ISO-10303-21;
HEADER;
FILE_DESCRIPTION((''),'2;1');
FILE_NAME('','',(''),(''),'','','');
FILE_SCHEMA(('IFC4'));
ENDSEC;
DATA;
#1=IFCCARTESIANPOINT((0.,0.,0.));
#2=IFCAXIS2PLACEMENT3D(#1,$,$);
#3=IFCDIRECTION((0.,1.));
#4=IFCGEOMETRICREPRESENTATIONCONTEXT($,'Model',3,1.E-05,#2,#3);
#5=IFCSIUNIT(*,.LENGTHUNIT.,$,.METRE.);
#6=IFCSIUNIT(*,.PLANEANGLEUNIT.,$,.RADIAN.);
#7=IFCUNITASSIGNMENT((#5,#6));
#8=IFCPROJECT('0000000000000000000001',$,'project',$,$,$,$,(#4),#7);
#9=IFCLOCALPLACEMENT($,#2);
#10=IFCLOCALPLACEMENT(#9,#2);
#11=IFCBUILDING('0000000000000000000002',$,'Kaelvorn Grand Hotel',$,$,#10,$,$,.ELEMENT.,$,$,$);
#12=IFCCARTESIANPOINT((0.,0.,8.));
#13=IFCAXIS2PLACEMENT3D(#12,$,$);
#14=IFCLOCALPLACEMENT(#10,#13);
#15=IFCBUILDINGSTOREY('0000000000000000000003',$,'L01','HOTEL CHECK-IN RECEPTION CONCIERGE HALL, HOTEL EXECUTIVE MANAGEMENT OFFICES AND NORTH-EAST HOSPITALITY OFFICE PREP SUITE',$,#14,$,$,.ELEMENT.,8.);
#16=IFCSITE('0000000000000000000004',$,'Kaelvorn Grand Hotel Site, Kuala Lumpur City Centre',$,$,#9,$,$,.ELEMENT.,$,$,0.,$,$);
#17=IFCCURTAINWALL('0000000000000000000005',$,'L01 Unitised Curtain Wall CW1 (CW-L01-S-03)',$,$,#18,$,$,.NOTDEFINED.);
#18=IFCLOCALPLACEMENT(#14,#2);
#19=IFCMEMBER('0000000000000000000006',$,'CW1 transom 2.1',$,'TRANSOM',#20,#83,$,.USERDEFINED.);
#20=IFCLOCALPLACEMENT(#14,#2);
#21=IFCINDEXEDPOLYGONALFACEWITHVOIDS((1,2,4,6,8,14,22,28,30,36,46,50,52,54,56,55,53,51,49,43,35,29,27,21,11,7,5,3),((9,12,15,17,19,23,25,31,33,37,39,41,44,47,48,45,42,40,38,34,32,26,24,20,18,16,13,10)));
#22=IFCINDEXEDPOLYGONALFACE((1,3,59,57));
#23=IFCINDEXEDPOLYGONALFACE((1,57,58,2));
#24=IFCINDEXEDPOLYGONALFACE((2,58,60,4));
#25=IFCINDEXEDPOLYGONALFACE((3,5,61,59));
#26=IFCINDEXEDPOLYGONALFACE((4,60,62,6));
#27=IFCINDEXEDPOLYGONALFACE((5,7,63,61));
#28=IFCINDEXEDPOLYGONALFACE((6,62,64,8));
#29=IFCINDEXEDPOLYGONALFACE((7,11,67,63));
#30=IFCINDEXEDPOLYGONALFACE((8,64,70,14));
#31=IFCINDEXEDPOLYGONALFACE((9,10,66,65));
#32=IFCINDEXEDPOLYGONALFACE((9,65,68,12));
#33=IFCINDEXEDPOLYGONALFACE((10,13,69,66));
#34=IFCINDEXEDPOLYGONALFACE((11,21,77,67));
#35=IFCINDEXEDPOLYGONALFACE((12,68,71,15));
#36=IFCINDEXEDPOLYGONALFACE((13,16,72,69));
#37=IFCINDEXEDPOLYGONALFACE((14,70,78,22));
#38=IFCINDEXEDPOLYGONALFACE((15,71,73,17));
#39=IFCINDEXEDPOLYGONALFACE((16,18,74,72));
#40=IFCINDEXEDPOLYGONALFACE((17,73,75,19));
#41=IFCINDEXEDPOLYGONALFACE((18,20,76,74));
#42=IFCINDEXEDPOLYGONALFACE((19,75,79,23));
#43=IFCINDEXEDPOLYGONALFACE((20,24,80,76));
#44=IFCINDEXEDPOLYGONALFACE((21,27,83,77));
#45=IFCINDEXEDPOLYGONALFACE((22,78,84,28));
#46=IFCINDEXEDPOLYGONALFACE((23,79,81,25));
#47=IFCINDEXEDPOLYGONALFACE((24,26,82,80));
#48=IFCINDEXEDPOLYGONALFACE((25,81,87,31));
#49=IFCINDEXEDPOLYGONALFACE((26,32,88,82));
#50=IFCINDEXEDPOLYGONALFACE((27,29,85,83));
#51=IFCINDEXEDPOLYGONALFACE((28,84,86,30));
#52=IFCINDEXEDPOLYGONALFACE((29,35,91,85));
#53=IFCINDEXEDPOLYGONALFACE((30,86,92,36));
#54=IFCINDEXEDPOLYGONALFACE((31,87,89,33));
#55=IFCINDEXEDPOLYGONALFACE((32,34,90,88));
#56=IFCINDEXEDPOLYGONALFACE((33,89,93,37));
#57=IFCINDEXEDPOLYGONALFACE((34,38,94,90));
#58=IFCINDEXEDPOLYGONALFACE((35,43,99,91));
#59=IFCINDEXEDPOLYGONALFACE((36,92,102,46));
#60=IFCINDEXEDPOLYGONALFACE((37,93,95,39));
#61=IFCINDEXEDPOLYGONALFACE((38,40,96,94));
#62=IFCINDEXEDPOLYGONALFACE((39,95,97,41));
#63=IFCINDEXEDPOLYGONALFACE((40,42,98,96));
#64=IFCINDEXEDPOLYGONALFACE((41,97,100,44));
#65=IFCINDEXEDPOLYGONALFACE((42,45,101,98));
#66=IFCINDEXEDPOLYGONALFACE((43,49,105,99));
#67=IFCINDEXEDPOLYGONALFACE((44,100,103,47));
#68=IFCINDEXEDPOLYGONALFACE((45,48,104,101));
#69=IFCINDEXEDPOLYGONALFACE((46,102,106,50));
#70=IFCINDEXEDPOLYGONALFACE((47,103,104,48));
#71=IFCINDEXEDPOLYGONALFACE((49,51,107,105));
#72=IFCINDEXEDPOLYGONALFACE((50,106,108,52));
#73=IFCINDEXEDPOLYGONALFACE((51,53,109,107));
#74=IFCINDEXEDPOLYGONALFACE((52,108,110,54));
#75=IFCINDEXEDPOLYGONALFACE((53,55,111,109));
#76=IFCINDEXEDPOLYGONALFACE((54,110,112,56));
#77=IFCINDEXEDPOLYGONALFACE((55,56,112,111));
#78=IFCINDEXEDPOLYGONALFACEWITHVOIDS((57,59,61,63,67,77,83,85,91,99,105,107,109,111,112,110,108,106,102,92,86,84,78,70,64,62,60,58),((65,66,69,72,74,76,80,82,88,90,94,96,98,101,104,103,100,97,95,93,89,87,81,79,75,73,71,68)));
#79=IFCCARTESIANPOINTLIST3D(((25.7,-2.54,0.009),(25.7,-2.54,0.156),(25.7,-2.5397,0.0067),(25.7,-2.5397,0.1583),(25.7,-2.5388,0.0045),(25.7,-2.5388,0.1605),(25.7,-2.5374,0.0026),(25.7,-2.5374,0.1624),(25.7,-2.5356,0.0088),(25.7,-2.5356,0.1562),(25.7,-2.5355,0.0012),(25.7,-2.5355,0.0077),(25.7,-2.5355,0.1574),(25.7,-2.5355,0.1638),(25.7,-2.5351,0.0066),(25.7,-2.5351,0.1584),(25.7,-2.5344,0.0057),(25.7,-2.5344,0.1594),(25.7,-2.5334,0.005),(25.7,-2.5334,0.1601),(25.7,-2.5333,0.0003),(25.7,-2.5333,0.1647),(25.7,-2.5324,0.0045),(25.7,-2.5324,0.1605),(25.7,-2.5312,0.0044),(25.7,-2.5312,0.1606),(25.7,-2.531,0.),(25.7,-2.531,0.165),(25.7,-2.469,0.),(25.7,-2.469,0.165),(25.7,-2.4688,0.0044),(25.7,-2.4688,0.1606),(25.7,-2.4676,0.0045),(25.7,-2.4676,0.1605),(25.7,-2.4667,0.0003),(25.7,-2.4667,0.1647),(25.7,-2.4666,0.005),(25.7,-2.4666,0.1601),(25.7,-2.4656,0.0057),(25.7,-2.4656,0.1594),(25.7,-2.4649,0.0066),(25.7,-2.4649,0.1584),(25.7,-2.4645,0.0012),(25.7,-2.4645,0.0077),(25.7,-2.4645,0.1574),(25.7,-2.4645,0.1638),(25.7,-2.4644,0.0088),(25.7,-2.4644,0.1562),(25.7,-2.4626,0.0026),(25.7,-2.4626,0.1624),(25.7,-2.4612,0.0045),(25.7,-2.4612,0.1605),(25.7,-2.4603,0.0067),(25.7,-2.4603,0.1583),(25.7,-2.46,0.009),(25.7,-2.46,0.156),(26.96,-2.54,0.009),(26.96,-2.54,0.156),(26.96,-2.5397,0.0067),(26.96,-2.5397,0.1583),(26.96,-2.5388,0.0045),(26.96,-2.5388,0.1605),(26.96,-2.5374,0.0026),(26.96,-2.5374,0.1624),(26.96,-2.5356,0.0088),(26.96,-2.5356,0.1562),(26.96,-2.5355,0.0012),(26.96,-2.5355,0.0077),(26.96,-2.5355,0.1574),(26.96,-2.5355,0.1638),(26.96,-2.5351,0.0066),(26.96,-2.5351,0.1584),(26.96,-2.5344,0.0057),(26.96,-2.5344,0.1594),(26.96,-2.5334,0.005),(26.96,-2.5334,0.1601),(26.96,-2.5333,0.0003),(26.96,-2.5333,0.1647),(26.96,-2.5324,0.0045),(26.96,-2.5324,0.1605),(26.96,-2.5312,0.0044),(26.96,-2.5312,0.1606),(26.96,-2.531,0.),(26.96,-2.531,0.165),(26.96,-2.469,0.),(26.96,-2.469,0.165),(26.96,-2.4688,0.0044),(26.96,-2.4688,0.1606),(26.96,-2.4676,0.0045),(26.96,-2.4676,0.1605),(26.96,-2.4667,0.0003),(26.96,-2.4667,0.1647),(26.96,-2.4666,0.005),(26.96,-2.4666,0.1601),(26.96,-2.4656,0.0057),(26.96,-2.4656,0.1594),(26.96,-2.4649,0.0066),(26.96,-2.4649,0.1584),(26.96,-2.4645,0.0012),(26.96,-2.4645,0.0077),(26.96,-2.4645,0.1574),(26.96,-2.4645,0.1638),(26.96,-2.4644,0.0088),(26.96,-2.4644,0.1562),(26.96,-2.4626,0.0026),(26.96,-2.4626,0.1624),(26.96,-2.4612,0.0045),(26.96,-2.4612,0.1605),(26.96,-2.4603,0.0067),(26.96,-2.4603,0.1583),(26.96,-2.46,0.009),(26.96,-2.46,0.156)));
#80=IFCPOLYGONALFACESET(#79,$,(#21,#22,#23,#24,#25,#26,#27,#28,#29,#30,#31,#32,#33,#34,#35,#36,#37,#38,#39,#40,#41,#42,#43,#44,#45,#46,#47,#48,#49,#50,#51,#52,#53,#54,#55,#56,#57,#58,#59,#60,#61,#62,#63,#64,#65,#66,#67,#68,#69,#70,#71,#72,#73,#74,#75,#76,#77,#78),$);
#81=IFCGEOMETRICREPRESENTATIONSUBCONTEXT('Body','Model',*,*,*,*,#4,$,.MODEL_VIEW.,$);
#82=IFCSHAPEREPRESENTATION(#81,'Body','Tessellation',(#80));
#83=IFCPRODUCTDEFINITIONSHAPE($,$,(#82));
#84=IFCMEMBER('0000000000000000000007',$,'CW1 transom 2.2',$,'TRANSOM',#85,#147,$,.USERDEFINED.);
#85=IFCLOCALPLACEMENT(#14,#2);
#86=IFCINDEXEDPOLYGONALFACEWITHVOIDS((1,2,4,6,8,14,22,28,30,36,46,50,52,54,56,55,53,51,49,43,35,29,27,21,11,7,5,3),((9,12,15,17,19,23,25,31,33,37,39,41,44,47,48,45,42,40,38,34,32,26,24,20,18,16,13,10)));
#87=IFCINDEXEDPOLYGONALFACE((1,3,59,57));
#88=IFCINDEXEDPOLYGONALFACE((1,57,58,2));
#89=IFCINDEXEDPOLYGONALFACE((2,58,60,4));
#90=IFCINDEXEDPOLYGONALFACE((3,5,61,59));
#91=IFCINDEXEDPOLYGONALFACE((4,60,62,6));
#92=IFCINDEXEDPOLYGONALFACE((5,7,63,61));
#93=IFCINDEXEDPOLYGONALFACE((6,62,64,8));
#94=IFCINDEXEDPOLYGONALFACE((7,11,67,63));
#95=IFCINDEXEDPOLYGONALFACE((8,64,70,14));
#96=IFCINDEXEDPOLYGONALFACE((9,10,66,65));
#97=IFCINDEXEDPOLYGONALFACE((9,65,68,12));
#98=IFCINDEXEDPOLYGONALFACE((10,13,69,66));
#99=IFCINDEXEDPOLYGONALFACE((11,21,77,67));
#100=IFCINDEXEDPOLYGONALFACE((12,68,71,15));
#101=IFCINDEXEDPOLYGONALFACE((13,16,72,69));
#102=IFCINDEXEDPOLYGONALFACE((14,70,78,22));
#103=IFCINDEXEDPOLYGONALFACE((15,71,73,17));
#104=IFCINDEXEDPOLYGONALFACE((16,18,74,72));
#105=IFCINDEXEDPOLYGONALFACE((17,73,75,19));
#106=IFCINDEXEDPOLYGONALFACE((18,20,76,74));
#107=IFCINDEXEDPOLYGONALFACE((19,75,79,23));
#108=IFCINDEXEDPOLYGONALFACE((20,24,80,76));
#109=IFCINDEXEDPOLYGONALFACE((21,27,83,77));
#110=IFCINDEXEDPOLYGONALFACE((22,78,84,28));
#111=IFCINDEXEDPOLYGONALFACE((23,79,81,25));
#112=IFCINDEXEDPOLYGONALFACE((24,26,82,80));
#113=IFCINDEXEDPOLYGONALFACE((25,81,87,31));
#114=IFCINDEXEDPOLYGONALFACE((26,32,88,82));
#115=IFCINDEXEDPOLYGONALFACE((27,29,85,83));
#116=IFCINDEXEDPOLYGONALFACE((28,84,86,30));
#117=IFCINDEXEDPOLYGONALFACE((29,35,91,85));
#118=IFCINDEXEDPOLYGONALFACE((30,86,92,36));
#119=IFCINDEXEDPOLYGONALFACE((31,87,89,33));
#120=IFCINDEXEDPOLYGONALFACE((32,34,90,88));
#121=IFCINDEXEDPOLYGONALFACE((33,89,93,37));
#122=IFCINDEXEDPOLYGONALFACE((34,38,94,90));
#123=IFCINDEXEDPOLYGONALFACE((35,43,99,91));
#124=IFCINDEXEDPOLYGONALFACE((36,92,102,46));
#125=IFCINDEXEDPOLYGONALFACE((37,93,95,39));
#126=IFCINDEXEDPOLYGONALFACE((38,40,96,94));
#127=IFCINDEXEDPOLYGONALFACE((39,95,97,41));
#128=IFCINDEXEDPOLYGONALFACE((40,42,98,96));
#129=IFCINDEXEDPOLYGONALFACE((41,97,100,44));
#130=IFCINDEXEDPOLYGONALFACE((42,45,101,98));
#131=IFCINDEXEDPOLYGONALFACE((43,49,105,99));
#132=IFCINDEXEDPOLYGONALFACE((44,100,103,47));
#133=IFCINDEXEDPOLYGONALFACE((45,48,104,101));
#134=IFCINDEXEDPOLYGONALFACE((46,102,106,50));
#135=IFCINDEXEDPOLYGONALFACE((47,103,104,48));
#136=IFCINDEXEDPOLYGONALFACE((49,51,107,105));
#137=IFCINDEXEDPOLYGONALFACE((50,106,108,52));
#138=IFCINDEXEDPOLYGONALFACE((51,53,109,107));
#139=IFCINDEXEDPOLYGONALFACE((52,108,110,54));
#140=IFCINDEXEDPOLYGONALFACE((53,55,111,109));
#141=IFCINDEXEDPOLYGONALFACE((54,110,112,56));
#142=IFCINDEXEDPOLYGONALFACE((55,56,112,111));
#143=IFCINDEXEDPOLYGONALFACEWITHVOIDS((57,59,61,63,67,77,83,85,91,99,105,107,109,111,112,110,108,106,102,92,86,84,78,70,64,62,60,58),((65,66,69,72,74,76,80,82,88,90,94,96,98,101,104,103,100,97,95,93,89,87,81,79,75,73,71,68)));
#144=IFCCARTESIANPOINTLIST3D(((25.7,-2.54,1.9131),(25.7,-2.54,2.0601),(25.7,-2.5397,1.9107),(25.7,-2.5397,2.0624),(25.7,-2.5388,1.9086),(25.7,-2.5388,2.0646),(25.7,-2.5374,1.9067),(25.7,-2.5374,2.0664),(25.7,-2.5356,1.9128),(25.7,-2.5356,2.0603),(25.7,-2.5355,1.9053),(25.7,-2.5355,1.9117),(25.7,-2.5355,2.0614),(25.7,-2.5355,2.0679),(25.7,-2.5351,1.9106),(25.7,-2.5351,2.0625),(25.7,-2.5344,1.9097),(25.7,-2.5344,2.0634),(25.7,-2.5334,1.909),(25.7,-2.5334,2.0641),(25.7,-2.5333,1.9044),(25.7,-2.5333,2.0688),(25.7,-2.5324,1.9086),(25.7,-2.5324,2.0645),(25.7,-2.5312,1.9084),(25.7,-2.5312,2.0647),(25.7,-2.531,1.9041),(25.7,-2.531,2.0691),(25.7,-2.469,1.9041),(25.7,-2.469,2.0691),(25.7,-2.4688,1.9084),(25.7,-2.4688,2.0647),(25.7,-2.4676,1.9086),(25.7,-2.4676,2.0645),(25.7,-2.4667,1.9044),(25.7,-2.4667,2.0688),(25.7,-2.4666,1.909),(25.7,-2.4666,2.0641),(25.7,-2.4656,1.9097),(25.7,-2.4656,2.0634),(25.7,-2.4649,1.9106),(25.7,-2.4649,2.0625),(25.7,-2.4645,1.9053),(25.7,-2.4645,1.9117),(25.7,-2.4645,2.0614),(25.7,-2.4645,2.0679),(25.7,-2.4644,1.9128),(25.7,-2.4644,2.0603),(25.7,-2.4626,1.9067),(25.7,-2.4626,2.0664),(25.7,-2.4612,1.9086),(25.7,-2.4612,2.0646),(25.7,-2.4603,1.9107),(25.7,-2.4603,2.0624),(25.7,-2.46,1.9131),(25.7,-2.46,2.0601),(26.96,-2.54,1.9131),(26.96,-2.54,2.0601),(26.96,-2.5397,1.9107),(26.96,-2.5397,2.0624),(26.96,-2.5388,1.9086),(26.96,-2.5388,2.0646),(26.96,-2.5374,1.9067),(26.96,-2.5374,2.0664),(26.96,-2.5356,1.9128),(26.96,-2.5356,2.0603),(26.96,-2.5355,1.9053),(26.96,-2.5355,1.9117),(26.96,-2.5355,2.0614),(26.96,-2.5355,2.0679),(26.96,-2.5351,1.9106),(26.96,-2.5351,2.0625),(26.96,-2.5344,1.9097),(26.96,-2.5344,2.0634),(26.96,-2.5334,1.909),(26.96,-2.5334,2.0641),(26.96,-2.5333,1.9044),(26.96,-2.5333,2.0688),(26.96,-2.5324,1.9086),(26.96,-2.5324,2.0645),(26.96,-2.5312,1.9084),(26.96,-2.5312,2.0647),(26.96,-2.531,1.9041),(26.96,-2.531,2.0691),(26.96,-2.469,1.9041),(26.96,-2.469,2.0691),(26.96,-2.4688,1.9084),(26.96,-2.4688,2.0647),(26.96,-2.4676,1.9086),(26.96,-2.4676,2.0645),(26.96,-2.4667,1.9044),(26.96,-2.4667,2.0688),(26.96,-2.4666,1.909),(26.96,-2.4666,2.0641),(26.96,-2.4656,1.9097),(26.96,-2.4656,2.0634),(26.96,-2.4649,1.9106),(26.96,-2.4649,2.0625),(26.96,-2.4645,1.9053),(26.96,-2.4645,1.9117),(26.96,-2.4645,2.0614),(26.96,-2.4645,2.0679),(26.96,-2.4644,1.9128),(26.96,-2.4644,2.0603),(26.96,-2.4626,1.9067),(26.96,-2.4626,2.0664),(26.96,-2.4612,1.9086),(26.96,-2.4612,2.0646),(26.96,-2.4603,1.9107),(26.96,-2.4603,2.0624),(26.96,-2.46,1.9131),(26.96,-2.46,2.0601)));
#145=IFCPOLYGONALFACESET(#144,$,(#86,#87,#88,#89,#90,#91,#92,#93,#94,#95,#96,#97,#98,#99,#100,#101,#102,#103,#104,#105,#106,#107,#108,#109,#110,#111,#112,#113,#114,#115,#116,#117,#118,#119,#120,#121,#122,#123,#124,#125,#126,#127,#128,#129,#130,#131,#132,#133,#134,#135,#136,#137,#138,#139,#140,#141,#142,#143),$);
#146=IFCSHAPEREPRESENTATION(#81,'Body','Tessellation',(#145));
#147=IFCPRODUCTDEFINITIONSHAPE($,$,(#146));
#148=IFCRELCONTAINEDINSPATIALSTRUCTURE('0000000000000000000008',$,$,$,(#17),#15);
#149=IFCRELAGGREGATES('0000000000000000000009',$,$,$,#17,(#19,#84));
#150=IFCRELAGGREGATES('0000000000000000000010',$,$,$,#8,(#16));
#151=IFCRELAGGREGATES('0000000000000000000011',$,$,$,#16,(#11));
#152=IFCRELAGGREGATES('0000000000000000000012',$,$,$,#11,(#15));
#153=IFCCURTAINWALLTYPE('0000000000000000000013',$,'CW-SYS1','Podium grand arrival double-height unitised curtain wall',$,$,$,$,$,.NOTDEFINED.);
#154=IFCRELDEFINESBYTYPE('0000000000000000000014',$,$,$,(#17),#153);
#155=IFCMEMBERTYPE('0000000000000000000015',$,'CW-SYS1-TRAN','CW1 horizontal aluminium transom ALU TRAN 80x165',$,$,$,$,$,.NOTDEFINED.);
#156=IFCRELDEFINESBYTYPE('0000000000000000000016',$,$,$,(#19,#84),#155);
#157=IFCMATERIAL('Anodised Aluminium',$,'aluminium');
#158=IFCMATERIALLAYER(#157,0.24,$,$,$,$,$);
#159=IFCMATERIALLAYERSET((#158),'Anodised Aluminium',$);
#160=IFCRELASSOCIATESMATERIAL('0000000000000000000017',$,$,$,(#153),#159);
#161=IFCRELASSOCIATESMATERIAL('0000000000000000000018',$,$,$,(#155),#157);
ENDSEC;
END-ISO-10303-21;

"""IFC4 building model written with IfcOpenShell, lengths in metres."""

from ifc_helpers import new_model, si_unit, direction, frame, origin, origin_2d, place, context, subcontext, project, spatial, hollow_rectangle, extrude, material, layer, layer_set, material_profile, profile_set, type_object, element, aggregate, save


model = new_model("IFC4")

# Units and contexts
model_context = context("Model", 3, precision=1e-05, world=origin(), true_north=direction((0.0, 1.0)))
body_context = subcontext(model_context, "Body", "Model", "MODEL_VIEW")
ifc_project = project(units=[si_unit("LENGTHUNIT", "METRE"), si_unit("PLANEANGLEUNIT", "RADIAN")], contexts=[model_context])

# Site, building, storey
site_placement = place(None, origin())
site = spatial("IfcSite", under=ifc_project, at=site_placement, Name="Kaelvorn Grand Hotel Site, Kuala Lumpur City Centre", CompositionType="ELEMENT", RefElevation=0.0)
building_placement = place(site_placement, origin())
building = spatial("IfcBuilding", under=site, at=building_placement, Name="Kaelvorn Grand Hotel", CompositionType="ELEMENT")
storey_placement = place(building_placement, frame((0.0, 0.0, 8.0)))
storey = spatial("IfcBuildingStorey", under=building, at=storey_placement, Name="L01", Description="HOTEL CHECK-IN RECEPTION CONCIERGE HALL, HOTEL EXECUTIVE MANAGEMENT OFFICES AND NORTH-EAST HOSPITALITY OFFICE PREP SUITE", CompositionType="ELEMENT", Elevation=8.0)

# Curtain wall
ifc_material_1 = material(Name="Anodised Aluminium", Category="aluminium")
ifc_layer_1 = layer(ifc_material_1, 0.24)
ifc_layer_set_1 = layer_set([ifc_layer_1], Name="Anodised Aluminium")
curtain_wall_type = type_object("IfcCurtainWallType", Name="CW-SYS1", Description="Podium grand arrival double-height unitised curtain wall", PredefinedType="NOTDEFINED", material=ifc_layer_set_1)
curtain_wall_1_placement = place(storey_placement, origin())
curtain_wall_1 = element("IfcCurtainWall", 1, at=curtain_wall_1_placement, inside=storey, type_object=curtain_wall_type, Name="L01 Unitised Curtain Wall CW1 (CW-L01-S-03)", PredefinedType="NOTDEFINED")

# Members
ifc_material_profile_1 = material_profile(ifc_material_1, hollow_rectangle(XDim=0.0801, YDim=0.165, WallThickness=0.0044, InnerFilletRadius=0.0044, OuterFilletRadius=0.009, at=origin_2d()), Name="ALU TRAN 80x165")
ifc_profile_set_1 = profile_set([ifc_material_profile_1], Name="Anodised Aluminium")
member_type_1 = type_object("IfcMemberType", Name="CW-SYS1-TRAN", Description="CW1 horizontal aluminium transom ALU TRAN 80x165", PredefinedType="NOTDEFINED", material=ifc_profile_set_1)
member_1_placement = place(storey_placement, frame((25.7, -2.5, 0.0825), z_axis=(1.0, 0.0, 0.0), x_axis=(0.0, 1.0, 0.0)))
member_1 = element("IfcMember", 2, at=member_1_placement, type_object=member_type_1, Name="CW1 transom 2.1", ObjectType="TRANSOM", PredefinedType="USERDEFINED", context=body_context, shape_type="SweptSolid", body=[
    extrude(hollow_rectangle(XDim=0.0801, YDim=0.165, WallThickness=0.0044, InnerFilletRadius=0.0044, OuterFilletRadius=0.009, at=origin_2d()), origin(), (0.0, 0.0, 1.0), 1.26),
])
member_2_placement = place(storey_placement, frame((25.7, -2.5, 1.9866), z_axis=(1.0, 0.0, 0.0), x_axis=(0.0, 1.0, 0.0)))
member_2 = element("IfcMember", 3, at=member_2_placement, type_object=member_type_1, Name="CW1 transom 2.2", ObjectType="TRANSOM", PredefinedType="USERDEFINED", context=body_context, shape_type="SweptSolid", body=[
    extrude(hollow_rectangle(XDim=0.0801, YDim=0.165, WallThickness=0.0044, InnerFilletRadius=0.0044, OuterFilletRadius=0.009, at=origin_2d()), origin(), (0.0, 0.0, 1.0), 1.26),
])

aggregate(curtain_wall_1, [member_1, member_2])

save(model, "model.ifc")
